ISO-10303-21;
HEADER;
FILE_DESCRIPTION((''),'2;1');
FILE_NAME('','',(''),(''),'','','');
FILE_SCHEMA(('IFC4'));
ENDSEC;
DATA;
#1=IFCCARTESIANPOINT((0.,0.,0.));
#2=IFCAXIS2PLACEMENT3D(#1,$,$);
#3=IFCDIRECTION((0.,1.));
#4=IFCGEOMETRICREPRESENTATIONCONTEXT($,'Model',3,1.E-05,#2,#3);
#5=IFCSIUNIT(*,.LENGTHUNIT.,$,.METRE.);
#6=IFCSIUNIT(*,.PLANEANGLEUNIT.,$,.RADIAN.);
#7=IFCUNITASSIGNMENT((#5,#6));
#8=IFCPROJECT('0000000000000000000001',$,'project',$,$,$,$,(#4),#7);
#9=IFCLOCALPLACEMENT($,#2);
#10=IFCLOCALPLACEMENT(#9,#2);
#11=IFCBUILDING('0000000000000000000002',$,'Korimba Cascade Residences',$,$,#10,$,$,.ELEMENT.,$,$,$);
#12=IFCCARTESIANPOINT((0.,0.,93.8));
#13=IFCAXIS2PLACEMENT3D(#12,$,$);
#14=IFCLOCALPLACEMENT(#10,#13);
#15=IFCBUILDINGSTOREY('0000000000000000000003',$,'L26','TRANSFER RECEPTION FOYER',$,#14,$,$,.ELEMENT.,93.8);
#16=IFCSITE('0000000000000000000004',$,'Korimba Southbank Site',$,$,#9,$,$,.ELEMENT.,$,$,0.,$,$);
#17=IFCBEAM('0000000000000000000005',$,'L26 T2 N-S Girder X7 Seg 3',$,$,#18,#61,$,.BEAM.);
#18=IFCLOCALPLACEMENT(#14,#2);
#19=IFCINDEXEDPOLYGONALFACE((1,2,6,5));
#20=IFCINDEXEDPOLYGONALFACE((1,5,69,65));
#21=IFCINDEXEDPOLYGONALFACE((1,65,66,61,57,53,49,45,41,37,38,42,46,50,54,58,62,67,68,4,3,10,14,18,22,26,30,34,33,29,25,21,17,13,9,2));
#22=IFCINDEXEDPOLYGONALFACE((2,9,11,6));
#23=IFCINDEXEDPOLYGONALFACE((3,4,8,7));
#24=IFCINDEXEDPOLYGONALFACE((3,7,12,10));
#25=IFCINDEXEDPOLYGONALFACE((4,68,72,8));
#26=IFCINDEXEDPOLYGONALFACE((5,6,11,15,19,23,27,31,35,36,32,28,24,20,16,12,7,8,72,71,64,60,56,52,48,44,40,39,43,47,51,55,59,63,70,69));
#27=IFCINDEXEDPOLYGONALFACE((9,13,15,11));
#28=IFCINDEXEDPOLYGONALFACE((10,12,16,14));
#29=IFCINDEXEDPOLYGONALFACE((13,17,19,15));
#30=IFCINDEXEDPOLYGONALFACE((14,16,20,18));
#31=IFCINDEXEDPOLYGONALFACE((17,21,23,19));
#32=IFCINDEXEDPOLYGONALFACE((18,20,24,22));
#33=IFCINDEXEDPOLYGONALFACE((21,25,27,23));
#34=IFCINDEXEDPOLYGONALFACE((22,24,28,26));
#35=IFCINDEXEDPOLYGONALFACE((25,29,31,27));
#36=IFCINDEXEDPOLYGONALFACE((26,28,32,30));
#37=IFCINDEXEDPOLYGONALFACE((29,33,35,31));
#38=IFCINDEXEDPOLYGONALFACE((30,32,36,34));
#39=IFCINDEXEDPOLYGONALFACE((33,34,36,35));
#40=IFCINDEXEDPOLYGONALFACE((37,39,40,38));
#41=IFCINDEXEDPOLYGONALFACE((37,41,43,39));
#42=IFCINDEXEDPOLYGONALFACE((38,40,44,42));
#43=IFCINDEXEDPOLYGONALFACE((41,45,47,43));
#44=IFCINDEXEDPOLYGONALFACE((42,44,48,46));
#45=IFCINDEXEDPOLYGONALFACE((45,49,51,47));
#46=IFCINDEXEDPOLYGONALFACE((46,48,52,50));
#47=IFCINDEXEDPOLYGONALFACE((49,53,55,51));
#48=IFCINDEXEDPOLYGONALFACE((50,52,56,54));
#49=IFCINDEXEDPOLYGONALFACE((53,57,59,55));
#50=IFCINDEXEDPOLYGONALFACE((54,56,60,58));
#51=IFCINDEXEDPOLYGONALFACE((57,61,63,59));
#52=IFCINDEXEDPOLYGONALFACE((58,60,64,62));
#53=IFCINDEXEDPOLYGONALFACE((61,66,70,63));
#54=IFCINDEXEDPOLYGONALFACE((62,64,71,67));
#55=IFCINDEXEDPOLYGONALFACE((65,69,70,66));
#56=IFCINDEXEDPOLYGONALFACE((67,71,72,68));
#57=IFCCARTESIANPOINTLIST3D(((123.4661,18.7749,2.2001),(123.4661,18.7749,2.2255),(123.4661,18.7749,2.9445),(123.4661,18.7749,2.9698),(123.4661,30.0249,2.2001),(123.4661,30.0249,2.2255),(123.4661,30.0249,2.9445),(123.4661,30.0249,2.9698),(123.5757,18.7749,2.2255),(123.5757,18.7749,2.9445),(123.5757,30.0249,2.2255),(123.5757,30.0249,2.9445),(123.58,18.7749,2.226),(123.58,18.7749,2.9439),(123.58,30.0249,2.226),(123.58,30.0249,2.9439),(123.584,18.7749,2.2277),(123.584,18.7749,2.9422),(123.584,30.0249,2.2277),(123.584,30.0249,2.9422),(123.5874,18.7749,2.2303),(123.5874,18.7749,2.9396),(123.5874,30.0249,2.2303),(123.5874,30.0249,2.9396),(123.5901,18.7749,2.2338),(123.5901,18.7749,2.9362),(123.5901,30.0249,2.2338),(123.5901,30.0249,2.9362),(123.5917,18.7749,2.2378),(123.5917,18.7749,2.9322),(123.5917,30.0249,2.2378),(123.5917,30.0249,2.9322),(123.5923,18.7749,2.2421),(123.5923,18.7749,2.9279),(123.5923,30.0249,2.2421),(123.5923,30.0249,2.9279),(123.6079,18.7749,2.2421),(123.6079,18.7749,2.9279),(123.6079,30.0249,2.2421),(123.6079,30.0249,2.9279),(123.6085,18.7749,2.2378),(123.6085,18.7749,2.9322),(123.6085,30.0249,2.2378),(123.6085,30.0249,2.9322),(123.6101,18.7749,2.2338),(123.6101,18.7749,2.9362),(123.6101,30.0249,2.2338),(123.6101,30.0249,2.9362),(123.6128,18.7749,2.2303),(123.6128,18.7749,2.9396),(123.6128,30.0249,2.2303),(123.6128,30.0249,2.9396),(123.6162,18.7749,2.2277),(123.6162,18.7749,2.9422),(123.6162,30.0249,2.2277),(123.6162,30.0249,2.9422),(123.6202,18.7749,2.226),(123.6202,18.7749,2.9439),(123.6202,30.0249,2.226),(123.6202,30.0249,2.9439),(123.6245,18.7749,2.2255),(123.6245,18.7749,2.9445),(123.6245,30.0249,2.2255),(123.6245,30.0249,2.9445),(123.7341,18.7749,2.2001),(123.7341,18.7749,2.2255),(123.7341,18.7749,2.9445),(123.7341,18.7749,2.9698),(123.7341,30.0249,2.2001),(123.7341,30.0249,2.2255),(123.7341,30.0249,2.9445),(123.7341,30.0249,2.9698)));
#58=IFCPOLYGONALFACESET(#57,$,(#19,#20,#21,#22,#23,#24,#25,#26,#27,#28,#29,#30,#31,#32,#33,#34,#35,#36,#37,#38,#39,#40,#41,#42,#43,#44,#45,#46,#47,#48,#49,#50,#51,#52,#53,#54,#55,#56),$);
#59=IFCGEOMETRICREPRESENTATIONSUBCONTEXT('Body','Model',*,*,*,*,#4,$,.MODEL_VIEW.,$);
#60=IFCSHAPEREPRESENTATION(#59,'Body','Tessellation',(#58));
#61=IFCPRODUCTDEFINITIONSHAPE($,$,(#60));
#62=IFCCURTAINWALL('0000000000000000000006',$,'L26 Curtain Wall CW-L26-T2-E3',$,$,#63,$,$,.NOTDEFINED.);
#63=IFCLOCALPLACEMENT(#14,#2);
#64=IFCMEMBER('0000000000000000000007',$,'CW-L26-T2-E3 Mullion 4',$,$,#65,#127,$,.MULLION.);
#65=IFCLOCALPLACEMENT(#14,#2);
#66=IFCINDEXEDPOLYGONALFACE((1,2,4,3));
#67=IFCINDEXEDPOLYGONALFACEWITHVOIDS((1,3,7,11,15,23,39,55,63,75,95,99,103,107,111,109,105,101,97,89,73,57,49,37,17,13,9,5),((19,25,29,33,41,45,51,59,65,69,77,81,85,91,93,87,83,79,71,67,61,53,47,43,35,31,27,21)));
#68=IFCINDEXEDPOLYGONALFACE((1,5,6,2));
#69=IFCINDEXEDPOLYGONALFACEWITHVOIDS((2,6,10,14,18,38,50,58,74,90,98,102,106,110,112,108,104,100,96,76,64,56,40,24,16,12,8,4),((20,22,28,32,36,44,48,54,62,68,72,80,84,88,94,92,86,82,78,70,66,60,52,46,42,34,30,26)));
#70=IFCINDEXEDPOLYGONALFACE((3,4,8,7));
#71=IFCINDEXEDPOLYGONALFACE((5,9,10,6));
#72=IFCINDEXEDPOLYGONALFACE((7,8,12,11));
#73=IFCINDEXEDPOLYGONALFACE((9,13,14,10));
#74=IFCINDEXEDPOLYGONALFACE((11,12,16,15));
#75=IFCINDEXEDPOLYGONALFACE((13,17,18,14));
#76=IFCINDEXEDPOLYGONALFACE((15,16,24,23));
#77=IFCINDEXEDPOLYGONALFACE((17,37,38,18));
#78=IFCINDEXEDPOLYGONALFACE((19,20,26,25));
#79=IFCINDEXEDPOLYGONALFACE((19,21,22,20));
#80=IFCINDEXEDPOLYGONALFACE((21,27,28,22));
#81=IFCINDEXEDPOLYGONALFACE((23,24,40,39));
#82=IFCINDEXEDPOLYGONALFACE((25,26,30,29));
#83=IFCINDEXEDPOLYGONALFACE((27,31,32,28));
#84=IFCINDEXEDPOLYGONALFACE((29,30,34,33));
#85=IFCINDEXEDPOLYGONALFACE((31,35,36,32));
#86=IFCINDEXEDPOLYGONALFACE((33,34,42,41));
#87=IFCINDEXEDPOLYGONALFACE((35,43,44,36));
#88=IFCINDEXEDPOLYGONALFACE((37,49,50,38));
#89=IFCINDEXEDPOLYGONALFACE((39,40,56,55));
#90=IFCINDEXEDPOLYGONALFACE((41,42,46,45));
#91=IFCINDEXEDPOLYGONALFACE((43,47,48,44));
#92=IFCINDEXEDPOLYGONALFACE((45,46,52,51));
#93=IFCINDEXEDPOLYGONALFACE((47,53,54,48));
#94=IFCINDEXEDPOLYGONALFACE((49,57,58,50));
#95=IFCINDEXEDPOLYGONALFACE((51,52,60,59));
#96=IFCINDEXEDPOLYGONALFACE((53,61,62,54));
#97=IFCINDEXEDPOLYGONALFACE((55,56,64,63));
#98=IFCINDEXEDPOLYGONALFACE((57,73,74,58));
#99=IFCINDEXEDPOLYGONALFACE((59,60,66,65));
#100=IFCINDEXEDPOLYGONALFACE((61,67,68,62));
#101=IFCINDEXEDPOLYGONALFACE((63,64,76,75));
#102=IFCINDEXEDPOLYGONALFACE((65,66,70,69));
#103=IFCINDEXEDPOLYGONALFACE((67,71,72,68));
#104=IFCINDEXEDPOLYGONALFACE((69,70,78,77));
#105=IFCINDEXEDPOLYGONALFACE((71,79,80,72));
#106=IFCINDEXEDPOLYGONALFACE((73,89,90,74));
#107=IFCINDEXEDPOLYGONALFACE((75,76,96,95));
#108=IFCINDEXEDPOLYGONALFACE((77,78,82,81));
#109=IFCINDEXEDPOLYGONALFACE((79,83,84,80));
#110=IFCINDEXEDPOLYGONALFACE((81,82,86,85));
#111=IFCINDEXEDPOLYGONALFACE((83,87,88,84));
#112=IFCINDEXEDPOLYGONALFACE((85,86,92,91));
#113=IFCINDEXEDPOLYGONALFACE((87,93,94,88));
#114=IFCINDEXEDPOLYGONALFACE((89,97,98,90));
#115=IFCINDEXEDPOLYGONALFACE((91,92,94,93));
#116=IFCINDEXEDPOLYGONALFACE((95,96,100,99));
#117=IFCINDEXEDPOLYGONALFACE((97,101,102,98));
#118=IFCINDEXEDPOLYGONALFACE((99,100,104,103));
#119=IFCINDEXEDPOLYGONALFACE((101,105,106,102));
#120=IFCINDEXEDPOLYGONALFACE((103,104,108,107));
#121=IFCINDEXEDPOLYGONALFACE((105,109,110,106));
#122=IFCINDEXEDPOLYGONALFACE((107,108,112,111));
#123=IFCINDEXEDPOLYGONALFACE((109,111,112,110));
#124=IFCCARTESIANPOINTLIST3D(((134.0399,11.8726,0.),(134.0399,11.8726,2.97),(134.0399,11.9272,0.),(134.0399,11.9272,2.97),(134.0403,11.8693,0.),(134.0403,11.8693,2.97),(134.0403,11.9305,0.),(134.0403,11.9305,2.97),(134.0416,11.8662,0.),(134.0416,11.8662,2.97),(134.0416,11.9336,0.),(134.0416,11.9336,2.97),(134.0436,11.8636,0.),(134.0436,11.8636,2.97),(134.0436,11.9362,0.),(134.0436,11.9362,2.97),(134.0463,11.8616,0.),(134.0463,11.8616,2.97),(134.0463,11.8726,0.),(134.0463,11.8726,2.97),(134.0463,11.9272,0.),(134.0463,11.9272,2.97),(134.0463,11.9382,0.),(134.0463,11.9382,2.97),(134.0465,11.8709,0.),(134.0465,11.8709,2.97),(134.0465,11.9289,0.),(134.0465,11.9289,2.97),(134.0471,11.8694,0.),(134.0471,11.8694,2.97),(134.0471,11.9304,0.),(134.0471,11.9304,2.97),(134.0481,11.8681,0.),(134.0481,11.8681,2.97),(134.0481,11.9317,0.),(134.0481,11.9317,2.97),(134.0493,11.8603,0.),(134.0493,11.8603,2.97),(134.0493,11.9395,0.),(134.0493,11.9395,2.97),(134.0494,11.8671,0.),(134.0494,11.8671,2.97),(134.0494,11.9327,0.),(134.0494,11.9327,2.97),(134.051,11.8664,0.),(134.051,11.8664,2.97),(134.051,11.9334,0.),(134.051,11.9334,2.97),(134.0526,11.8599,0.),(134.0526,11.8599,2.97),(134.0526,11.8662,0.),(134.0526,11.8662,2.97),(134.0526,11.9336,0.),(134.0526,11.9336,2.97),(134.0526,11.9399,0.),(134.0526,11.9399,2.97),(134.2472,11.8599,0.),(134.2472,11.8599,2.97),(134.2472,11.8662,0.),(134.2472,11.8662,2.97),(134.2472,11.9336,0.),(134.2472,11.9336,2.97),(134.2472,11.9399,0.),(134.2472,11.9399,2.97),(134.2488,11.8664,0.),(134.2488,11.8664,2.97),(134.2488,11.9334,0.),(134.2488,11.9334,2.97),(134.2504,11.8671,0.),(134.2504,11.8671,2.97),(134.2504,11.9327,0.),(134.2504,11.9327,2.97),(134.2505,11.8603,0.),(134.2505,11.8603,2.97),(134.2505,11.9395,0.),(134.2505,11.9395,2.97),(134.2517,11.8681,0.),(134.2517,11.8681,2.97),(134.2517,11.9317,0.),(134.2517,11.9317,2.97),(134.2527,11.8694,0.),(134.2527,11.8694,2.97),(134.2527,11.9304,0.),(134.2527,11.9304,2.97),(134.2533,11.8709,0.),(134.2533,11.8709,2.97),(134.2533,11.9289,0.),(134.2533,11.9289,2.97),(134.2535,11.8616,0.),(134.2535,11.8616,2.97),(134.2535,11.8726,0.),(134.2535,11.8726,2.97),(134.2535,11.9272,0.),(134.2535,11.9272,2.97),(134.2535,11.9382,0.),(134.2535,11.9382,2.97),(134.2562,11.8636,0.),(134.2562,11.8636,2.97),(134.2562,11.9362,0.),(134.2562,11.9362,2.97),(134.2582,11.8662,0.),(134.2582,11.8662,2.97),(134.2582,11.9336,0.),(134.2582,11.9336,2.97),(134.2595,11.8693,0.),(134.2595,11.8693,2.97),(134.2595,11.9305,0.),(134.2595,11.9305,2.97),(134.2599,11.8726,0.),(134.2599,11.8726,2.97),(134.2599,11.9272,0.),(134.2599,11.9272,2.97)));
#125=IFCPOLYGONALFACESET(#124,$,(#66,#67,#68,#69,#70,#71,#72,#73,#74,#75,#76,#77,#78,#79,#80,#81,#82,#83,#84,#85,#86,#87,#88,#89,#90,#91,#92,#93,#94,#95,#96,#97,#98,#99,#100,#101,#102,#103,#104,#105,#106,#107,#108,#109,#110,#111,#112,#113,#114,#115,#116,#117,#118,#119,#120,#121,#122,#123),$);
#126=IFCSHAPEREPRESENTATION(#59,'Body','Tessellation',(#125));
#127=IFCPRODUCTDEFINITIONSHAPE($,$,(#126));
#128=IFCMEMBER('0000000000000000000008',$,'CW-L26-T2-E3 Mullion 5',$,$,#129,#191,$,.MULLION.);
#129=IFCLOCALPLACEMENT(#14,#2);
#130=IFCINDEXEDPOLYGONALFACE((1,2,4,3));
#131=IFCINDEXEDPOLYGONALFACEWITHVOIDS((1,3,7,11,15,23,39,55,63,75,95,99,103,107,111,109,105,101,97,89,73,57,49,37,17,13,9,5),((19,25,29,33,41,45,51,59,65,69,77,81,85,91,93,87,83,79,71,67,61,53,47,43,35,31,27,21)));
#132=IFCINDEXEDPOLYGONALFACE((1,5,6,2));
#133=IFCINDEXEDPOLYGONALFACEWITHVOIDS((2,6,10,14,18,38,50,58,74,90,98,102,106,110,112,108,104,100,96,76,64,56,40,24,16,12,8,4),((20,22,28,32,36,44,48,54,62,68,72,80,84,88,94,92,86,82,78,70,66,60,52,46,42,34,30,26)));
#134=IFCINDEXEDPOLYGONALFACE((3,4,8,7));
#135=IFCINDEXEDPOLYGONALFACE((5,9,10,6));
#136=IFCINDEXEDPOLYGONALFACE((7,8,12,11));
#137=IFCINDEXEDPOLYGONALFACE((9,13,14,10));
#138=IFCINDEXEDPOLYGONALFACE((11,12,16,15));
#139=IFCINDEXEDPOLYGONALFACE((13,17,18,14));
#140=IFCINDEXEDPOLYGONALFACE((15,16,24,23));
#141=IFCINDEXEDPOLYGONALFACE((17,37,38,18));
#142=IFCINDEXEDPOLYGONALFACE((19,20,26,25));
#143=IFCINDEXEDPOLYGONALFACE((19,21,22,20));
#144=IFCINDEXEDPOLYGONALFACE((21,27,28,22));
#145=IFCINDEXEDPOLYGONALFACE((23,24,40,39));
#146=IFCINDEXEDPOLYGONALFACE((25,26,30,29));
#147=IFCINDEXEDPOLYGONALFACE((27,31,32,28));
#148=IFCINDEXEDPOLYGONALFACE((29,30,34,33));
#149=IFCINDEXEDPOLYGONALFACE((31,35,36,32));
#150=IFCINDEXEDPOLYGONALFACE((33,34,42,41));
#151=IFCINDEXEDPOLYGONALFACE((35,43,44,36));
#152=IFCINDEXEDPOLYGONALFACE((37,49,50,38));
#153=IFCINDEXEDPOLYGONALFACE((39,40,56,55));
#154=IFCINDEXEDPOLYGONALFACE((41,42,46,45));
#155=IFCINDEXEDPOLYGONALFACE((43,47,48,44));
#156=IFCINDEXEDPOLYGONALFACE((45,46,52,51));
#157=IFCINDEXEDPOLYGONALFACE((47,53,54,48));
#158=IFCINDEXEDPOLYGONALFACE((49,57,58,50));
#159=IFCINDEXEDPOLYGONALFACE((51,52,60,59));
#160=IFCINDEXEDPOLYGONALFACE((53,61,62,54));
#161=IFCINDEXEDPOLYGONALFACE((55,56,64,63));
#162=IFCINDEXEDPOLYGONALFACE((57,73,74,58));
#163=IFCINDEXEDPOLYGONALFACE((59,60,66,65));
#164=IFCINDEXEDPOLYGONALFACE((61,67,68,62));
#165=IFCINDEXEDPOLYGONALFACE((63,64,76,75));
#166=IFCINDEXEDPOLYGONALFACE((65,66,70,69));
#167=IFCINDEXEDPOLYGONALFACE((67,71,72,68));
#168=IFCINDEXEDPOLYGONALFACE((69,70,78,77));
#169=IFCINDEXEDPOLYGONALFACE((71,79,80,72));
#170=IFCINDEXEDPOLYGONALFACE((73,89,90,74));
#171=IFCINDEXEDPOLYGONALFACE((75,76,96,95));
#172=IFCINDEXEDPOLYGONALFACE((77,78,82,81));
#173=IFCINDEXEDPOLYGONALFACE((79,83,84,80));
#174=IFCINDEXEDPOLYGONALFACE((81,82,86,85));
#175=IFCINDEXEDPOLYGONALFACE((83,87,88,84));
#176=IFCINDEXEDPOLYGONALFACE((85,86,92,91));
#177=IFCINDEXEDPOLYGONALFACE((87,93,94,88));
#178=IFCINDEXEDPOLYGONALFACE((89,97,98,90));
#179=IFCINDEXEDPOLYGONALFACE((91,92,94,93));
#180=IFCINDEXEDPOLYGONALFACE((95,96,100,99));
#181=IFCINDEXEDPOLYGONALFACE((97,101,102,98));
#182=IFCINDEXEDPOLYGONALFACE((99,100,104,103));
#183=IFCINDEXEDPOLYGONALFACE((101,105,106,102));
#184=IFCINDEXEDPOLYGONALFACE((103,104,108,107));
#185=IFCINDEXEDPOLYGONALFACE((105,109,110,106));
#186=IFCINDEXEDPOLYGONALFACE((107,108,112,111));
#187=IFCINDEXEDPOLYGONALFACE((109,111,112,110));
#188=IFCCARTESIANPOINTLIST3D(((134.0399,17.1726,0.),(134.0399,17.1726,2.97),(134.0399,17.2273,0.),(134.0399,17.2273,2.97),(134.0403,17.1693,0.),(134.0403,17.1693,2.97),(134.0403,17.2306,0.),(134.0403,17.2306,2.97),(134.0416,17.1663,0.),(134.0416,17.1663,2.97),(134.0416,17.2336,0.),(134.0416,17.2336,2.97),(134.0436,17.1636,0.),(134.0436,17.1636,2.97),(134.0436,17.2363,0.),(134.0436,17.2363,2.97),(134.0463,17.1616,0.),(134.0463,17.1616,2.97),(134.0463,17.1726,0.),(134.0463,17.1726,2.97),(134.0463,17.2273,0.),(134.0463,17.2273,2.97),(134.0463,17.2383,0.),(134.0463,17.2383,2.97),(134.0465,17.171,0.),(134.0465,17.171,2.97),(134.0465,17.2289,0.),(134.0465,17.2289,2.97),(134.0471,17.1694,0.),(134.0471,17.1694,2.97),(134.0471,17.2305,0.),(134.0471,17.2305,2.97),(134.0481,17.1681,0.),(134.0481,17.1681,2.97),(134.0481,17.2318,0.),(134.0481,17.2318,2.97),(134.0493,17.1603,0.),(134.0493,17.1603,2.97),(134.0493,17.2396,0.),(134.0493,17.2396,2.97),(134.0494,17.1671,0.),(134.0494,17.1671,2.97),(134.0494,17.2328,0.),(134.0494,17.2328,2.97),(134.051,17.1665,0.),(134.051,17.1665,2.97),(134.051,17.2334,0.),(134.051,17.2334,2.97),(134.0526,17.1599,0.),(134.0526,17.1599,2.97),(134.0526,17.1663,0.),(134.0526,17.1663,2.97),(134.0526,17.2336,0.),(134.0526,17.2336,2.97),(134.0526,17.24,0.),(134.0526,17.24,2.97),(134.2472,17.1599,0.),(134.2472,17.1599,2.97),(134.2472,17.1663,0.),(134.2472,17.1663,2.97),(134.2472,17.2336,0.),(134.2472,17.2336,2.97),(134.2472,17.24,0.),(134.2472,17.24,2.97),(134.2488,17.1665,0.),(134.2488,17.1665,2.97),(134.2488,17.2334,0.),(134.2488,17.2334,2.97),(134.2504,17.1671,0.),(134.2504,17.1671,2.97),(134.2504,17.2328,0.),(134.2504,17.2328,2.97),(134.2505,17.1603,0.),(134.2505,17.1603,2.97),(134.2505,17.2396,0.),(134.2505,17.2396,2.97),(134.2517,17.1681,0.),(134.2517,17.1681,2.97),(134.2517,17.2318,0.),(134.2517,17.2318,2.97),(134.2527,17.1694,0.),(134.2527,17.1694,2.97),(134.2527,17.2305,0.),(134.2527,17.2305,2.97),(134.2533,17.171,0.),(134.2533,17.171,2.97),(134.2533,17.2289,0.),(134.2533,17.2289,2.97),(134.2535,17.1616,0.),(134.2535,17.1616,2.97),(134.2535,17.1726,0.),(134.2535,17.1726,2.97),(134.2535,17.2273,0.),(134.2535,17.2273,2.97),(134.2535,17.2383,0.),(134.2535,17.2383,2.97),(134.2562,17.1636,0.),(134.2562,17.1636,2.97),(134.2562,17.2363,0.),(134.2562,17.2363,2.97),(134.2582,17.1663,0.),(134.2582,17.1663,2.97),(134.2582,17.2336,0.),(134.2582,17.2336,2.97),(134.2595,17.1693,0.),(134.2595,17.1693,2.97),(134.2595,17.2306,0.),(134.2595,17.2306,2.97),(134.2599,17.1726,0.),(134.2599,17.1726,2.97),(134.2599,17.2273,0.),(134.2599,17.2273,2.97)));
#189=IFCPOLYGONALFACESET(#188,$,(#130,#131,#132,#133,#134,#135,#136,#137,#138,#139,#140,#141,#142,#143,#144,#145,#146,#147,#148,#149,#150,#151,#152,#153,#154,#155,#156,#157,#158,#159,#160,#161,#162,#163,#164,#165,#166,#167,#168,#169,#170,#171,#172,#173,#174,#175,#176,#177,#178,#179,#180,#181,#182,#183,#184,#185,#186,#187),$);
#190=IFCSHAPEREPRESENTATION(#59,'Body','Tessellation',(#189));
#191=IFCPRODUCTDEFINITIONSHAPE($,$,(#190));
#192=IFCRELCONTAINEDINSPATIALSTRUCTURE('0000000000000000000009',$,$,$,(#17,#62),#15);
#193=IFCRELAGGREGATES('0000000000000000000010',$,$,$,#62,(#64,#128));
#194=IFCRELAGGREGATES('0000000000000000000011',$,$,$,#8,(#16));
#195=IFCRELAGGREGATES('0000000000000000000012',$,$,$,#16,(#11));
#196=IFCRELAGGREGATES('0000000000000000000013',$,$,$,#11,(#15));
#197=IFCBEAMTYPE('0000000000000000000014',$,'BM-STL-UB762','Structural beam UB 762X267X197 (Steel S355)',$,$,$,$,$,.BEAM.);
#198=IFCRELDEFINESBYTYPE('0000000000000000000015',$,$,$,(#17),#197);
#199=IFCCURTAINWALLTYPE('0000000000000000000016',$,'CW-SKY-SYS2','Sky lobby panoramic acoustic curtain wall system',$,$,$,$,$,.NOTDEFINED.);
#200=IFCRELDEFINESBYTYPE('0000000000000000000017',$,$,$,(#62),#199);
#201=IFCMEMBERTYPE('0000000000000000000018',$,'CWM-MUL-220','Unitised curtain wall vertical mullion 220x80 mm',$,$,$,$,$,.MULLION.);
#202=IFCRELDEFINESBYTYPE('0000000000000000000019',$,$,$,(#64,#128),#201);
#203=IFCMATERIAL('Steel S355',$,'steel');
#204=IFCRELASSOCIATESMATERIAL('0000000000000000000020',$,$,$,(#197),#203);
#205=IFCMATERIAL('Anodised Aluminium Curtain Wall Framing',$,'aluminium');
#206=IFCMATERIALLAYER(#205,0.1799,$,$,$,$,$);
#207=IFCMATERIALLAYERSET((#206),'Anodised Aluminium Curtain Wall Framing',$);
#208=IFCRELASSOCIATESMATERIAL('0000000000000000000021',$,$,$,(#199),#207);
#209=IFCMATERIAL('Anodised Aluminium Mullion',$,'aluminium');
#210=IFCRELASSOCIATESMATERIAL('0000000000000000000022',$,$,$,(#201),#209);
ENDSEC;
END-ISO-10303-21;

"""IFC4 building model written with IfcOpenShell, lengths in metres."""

from ifc_helpers import new_model, si_unit, direction, frame, origin, origin_2d, place, context, subcontext, project, spatial, hollow_rectangle, i_section, extrude, material, layer, layer_set, material_profile, profile_set, type_object, element, aggregate, save


model = new_model("IFC4")

# Units and contexts
model_context = context("Model", 3, precision=1e-05, world=origin(), true_north=direction((0.0, 1.0)))
body_context = subcontext(model_context, "Body", "Model", "MODEL_VIEW")
ifc_project = project(units=[si_unit("LENGTHUNIT", "METRE"), si_unit("PLANEANGLEUNIT", "RADIAN")], contexts=[model_context])

# Site, building, storey
site_placement = place(None, origin())
site = spatial("IfcSite", under=ifc_project, at=site_placement, Name="Korimba Southbank Site", CompositionType="ELEMENT", RefElevation=0.0)
building_placement = place(site_placement, origin())
building = spatial("IfcBuilding", under=site, at=building_placement, Name="Korimba Cascade Residences", CompositionType="ELEMENT")
storey_placement = place(building_placement, frame((0.0, 0.0, 93.8)))
storey = spatial("IfcBuildingStorey", under=building, at=storey_placement, Name="L26", Description="TRANSFER RECEPTION FOYER", CompositionType="ELEMENT", Elevation=93.8)

# Beam
ifc_material_1 = material(Name="Steel S355", Category="steel")
ifc_material_profile_1 = material_profile(ifc_material_1, i_section(OverallWidth=0.2681, OverallDepth=0.7698, WebThickness=0.0156, FlangeThickness=0.0254, FilletRadius=0.0166, at=origin_2d()), Name="Steel S355")
ifc_profile_set_1 = profile_set([ifc_material_profile_1], Name="Steel S355")
beam_type_1 = type_object("IfcBeamType", Name="BM-STL-UB762", Description="Structural beam UB 762X267X197 (Steel S355)", PredefinedType="BEAM", material=ifc_profile_set_1)
beam_1_placement = place(storey_placement, frame((123.6001, 18.7749, 2.585), z_axis=(0.0, 1.0, 0.0), x_axis=(-1.0, 0.0, 0.0)))
element("IfcBeam", 1, at=beam_1_placement, inside=storey, type_object=beam_type_1, Name="L26 T2 N-S Girder X7 Seg 3", PredefinedType="BEAM", context=body_context, shape_type="SweptSolid", body=[
    extrude(i_section(OverallWidth=0.2681, OverallDepth=0.7698, WebThickness=0.0156, FlangeThickness=0.0254, FilletRadius=0.0166, at=origin_2d()), origin(), (0.0, 0.0, 1.0), 11.25),
])

# Curtain wall, members
ifc_material_2 = material(Name="Anodised Aluminium Curtain Wall Framing", Category="aluminium")
ifc_layer_1 = layer(ifc_material_2, 0.1799)
ifc_layer_set_1 = layer_set([ifc_layer_1], Name="Anodised Aluminium Curtain Wall Framing")
curtain_wall_type = type_object("IfcCurtainWallType", Name="CW-SKY-SYS2", Description="Sky lobby panoramic acoustic curtain wall system", PredefinedType="NOTDEFINED", material=ifc_layer_set_1)
curtain_wall_placement = place(storey_placement, origin())
curtain_wall = element("IfcCurtainWall", 2, at=curtain_wall_placement, inside=storey, type_object=curtain_wall_type, Name="L26 Curtain Wall CW-L26-T2-E3", PredefinedType="NOTDEFINED")
ifc_material_3 = material(Name="Anodised Aluminium Mullion", Category="aluminium")
ifc_material_profile_2 = material_profile(ifc_material_3, hollow_rectangle(XDim=0.0801, YDim=0.22, WallThickness=0.0063, InnerFilletRadius=0.0063, OuterFilletRadius=0.0127, at=origin_2d()), Name="Anodised Aluminium Mullion")
ifc_profile_set_2 = profile_set([ifc_material_profile_2], Name="Anodised Aluminium Mullion")
member_type_1 = type_object("IfcMemberType", Name="CWM-MUL-220", Description="Unitised curtain wall vertical mullion 220x80 mm", PredefinedType="MULLION", material=ifc_profile_set_2)
member_1_placement = place(storey_placement, frame((134.1499, 11.8999, 0.0), z_axis=(0.0, 0.0, 1.0), x_axis=(0.0, 1.0, 0.0)))
member_1 = element("IfcMember", 3, at=member_1_placement, type_object=member_type_1, Name="CW-L26-T2-E3 Mullion 4", PredefinedType="MULLION", context=body_context, shape_type="SweptSolid", body=[
    extrude(hollow_rectangle(XDim=0.0801, YDim=0.22, WallThickness=0.0063, InnerFilletRadius=0.0063, OuterFilletRadius=0.0127, at=origin_2d()), origin(), (0.0, 0.0, 1.0), 2.97),
])
member_2_placement = place(storey_placement, frame((134.1499, 17.2, 0.0), z_axis=(0.0, 0.0, 1.0), x_axis=(0.0, 1.0, 0.0)))
member_2 = element("IfcMember", 4, at=member_2_placement, type_object=member_type_1, Name="CW-L26-T2-E3 Mullion 5", PredefinedType="MULLION", context=body_context, shape_type="SweptSolid", body=[
    extrude(hollow_rectangle(XDim=0.0801, YDim=0.22, WallThickness=0.0063, InnerFilletRadius=0.0063, OuterFilletRadius=0.0127, at=origin_2d()), origin(), (0.0, 0.0, 1.0), 2.97),
])
aggregate(curtain_wall, [member_1, member_2])

save(model, "model.ifc")
